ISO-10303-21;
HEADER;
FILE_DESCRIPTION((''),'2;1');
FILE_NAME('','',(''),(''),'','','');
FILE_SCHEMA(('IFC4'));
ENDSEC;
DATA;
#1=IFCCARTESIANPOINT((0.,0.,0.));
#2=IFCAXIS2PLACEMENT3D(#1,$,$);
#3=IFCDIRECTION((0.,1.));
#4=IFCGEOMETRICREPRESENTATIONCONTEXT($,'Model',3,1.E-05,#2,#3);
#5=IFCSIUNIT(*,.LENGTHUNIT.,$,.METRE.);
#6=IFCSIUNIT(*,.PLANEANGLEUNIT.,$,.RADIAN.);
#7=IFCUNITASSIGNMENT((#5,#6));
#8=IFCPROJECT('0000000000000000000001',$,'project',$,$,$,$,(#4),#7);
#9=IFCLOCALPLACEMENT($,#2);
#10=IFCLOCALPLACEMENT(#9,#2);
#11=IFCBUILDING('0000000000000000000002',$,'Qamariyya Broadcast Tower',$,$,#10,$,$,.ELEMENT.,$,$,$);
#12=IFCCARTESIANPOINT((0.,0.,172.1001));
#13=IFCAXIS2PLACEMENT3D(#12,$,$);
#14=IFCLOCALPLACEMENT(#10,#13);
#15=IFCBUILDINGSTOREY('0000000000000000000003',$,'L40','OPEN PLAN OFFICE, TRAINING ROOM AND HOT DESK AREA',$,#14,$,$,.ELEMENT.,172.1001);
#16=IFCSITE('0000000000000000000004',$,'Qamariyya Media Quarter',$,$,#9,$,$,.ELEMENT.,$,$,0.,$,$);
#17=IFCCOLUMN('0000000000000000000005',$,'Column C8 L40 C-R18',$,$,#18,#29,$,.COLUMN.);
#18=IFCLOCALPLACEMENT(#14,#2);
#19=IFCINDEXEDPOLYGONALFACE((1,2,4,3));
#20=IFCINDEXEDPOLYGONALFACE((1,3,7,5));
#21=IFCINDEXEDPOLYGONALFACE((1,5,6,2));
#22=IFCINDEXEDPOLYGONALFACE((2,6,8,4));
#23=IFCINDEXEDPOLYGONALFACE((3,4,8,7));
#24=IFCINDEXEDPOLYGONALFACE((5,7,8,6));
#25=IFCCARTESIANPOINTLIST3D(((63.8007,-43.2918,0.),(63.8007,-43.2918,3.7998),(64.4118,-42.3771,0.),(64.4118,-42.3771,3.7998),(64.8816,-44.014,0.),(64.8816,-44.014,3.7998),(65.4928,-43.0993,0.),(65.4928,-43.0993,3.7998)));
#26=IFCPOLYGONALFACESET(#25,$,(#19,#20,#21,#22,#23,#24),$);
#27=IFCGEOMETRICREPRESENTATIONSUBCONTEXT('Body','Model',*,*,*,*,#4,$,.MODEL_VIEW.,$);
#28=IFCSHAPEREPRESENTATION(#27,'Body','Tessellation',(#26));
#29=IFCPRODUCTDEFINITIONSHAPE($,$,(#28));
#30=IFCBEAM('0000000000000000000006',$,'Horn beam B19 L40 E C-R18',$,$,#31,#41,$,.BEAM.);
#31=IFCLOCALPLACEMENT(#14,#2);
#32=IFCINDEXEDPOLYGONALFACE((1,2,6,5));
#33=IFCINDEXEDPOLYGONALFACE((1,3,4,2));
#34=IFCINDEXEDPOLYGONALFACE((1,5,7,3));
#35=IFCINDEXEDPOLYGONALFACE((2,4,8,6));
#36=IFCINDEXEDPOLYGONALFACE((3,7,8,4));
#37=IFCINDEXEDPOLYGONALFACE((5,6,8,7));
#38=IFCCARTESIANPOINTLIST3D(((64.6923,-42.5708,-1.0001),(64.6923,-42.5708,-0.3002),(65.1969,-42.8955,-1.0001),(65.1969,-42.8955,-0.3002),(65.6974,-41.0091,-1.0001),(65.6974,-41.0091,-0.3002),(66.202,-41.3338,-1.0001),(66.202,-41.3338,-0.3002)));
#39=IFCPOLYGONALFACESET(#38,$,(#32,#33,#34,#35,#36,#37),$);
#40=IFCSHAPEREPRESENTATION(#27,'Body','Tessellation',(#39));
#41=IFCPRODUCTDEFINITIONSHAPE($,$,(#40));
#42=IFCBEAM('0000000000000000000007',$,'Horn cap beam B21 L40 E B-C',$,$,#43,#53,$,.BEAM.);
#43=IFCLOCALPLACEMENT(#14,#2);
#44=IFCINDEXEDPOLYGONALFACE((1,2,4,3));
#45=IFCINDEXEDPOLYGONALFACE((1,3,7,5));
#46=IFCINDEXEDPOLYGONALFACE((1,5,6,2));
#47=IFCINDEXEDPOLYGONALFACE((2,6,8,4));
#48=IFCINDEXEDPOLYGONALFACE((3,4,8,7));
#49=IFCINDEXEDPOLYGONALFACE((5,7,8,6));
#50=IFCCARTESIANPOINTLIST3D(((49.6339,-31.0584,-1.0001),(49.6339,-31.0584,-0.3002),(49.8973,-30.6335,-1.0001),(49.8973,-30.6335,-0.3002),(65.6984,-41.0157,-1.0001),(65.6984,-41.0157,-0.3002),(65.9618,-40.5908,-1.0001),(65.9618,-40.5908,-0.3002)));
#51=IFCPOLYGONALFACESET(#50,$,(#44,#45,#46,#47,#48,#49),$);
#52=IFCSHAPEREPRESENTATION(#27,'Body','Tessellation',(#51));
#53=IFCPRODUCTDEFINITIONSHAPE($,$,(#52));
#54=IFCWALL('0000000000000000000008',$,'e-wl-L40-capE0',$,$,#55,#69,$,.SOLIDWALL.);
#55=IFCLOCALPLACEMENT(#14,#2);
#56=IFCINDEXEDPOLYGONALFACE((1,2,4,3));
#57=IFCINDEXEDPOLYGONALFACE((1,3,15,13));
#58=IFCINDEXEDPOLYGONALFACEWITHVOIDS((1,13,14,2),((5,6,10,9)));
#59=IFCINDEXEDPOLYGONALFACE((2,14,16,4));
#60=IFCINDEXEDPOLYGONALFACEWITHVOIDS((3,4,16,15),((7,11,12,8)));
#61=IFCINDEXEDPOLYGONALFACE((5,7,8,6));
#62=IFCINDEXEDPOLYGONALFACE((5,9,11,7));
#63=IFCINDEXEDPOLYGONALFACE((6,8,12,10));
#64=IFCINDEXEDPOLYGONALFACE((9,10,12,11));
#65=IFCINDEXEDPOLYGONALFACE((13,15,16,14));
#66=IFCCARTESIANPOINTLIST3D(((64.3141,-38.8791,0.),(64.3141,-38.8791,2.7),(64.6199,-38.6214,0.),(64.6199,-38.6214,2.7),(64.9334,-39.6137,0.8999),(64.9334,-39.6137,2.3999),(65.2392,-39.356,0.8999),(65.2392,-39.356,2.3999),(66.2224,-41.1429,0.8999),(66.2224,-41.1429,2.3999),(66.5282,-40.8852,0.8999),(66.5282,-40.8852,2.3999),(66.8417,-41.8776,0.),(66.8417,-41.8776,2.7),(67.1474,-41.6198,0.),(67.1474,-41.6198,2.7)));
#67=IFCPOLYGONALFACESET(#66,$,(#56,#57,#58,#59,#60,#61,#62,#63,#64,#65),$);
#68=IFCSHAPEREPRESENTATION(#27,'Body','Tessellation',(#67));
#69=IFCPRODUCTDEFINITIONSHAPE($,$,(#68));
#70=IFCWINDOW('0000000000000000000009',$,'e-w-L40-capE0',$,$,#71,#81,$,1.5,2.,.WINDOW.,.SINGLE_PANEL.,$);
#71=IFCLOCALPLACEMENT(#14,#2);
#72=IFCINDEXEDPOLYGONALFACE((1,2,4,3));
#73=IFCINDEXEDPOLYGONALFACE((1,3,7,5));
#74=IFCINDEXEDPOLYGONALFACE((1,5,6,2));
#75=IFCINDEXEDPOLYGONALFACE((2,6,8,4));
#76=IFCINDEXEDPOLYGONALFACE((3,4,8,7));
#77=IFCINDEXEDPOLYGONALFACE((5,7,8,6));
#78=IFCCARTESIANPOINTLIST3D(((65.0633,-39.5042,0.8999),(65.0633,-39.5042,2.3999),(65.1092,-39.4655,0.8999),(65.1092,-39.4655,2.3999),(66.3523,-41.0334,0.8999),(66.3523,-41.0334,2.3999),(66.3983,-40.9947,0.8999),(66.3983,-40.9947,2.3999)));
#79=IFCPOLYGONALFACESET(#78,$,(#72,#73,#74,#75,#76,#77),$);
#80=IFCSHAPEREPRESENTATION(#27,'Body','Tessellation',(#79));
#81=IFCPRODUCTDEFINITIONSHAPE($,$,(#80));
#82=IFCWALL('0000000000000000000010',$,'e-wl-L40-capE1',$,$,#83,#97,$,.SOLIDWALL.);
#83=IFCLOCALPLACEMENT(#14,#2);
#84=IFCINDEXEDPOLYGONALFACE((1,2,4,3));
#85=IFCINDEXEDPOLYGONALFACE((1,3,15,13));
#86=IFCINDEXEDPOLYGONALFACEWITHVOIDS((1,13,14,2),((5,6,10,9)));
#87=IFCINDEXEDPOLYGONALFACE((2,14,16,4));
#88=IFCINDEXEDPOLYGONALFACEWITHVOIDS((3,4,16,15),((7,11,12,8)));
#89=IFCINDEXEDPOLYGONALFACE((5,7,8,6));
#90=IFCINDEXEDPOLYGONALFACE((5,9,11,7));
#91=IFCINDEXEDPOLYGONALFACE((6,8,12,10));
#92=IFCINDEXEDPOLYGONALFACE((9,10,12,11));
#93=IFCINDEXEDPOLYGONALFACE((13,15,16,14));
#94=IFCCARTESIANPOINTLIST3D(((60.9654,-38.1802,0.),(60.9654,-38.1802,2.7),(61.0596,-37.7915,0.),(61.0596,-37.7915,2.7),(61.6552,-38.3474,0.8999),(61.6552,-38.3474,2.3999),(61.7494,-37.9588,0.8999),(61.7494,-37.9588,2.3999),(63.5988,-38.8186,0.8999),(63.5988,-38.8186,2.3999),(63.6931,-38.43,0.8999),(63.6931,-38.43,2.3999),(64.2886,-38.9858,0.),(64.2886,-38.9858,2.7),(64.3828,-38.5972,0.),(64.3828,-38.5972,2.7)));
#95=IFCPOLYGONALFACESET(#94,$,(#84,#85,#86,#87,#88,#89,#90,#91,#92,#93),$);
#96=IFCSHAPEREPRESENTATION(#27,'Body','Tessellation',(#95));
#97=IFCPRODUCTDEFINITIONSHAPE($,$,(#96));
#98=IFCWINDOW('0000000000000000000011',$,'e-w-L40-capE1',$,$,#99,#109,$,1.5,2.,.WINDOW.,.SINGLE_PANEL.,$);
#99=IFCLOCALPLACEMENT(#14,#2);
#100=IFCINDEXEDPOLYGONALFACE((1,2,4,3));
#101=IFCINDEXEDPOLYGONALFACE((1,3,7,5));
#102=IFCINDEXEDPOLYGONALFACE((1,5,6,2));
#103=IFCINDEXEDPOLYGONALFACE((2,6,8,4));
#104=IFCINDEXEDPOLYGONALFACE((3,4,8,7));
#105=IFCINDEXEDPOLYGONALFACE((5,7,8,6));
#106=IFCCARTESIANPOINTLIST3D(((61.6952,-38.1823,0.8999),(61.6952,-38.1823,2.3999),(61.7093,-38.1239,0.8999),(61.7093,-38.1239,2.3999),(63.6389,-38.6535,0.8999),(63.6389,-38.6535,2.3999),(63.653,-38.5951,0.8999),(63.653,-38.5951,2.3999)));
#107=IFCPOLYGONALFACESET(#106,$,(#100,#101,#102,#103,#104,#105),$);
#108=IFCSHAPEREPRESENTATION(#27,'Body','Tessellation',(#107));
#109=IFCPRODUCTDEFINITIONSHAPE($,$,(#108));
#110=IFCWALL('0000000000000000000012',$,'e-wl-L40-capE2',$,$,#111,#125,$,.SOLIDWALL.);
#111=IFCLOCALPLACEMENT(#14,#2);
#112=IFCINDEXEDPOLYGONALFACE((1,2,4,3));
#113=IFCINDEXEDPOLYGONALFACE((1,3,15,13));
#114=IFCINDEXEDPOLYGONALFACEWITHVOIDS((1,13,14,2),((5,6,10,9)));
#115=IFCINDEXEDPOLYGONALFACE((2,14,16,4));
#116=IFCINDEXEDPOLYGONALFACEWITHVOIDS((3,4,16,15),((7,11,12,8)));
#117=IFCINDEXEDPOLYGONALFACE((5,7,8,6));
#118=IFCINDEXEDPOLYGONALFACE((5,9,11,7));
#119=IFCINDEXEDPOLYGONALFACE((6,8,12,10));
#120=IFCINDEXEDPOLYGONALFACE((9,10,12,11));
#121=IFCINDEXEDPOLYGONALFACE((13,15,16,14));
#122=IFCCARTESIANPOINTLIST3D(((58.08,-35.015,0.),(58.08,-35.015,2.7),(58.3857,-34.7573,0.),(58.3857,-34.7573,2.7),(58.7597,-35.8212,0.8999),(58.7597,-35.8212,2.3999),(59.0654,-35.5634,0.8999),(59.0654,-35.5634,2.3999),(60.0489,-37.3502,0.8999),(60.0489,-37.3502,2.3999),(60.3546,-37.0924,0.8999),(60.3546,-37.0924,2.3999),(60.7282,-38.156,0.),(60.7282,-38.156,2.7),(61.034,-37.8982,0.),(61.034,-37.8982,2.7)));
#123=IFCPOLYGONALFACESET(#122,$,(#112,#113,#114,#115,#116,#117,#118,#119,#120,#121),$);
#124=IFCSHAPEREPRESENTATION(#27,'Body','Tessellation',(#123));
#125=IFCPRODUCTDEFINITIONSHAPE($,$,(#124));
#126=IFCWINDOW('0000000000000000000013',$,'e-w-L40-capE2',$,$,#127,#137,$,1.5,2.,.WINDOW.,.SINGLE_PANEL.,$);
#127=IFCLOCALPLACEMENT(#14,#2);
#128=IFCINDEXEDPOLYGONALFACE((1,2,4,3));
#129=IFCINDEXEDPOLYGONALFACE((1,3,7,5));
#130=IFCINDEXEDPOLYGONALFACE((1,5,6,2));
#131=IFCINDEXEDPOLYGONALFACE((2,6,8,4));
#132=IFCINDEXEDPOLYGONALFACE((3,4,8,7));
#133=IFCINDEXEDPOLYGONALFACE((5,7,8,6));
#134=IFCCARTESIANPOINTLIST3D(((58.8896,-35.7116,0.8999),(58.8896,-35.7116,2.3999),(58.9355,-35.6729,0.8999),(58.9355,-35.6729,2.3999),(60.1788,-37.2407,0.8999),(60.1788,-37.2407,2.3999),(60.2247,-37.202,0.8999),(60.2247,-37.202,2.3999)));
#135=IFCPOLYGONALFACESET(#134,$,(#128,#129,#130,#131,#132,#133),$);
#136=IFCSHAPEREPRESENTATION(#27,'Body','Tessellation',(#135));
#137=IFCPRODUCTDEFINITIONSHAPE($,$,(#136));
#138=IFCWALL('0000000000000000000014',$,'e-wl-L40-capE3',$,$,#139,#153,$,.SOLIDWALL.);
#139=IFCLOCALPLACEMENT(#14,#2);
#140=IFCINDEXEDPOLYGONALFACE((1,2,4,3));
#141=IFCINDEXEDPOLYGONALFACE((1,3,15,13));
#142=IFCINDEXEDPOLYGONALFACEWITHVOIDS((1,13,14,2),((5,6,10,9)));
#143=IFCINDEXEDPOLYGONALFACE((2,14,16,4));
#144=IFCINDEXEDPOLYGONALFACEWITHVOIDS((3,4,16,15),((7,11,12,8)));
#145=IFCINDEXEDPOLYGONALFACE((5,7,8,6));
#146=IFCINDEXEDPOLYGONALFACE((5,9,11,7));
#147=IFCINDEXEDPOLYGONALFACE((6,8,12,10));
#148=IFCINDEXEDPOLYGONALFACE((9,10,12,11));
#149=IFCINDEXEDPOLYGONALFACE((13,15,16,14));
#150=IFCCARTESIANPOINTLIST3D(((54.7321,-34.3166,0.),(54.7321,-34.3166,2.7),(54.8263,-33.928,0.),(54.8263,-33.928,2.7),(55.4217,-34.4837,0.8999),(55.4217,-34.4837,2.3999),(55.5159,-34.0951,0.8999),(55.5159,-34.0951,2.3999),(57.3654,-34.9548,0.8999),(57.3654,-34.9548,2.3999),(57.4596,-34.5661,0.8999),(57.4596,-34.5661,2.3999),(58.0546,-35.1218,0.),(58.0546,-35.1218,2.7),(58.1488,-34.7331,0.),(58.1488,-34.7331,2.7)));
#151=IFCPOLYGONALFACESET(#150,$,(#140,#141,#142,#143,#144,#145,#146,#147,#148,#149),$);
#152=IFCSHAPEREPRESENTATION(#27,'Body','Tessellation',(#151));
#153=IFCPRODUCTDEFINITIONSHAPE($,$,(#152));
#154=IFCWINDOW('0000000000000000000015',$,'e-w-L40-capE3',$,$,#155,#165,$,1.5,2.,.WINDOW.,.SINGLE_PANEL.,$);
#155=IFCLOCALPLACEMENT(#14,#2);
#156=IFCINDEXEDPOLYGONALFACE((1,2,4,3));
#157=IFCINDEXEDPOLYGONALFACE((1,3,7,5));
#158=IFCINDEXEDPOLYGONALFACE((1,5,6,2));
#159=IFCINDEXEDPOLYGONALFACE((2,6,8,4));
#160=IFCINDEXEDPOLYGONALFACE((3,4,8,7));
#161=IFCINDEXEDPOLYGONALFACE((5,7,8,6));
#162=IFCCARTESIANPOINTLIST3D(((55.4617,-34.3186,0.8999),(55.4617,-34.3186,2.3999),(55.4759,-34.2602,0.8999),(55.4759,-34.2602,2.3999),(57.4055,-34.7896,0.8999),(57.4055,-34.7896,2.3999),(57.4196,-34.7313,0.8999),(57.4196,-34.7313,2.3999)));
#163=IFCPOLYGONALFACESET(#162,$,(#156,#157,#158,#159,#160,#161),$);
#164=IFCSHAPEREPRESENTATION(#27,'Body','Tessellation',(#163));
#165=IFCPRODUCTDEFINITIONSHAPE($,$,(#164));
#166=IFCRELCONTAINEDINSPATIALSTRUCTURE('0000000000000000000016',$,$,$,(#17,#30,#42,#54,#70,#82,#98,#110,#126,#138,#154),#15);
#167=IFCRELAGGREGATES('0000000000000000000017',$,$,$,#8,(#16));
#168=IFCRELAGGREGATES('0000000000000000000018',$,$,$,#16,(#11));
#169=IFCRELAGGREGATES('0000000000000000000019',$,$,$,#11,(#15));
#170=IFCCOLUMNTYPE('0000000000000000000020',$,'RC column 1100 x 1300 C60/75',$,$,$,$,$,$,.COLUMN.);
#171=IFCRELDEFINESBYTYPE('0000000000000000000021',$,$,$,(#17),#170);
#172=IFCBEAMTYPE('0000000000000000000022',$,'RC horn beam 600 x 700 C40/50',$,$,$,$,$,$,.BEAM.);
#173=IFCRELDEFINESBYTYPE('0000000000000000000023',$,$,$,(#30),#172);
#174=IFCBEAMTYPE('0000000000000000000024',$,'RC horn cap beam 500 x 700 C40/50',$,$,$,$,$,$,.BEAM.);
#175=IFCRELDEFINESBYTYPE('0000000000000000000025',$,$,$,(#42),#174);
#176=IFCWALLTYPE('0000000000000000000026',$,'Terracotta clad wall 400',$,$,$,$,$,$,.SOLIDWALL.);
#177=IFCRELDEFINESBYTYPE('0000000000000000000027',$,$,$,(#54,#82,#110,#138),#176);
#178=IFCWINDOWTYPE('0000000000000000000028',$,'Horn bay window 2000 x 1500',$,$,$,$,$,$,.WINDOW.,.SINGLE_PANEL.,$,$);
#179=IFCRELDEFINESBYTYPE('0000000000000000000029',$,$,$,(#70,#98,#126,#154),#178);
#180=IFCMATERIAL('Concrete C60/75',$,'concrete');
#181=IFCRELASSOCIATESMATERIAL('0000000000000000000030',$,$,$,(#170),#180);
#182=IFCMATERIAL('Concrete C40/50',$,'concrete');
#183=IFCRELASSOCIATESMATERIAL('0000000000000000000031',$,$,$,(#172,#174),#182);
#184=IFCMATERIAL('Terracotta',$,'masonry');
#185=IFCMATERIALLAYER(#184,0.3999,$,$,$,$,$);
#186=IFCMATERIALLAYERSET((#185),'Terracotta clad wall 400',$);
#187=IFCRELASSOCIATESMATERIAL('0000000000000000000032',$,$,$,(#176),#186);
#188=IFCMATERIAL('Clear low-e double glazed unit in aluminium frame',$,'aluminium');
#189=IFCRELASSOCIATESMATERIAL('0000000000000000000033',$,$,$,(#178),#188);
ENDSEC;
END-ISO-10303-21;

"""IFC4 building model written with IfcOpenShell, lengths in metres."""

from ifc_helpers import new_model, si_unit, direction, frame, frame_2d, origin, origin_2d, place, context, subcontext, project, spatial, rectangle, extrude, material, layer, layer_set, material_profile, profile_set, type_object, element, fill, save


model = new_model("IFC4")

# Units and contexts
model_context = context("Model", 3, precision=1e-05, world=origin(), true_north=direction((0.0, 1.0)))
body_context = subcontext(model_context, "Body", "Model", "MODEL_VIEW")
ifc_project = project(units=[si_unit("LENGTHUNIT", "METRE"), si_unit("PLANEANGLEUNIT", "RADIAN")], contexts=[model_context])

# Site, building, storey
site_placement = place(None, origin())
site = spatial("IfcSite", under=ifc_project, at=site_placement, Name="Qamariyya Media Quarter", CompositionType="ELEMENT", RefElevation=0.0)
building_placement = place(site_placement, origin())
building = spatial("IfcBuilding", under=site, at=building_placement, Name="Qamariyya Broadcast Tower", CompositionType="ELEMENT")
storey_placement = place(building_placement, frame((0.0, 0.0, 172.1001)))
storey = spatial("IfcBuildingStorey", under=building, at=storey_placement, Name="L40", Description="OPEN PLAN OFFICE, TRAINING ROOM AND HOT DESK AREA", CompositionType="ELEMENT", Elevation=172.1001)

# Column
ifc_material_1 = material(Name="Concrete C60/75", Category="concrete")
ifc_material_profile_1 = material_profile(ifc_material_1, rectangle(XDim=1.1001, YDim=1.3, at=origin_2d()))
ifc_profile_set_1 = profile_set([ifc_material_profile_1], Name="Concrete C60/75")
column_type = type_object("IfcColumnType", Name="RC column 1100 x 1300 C60/75", PredefinedType="COLUMN", material=ifc_profile_set_1)
column_placement = place(storey_placement, frame((64.6467, -43.1956, 0.0), z_axis=(0.0, 0.0, 1.0), x_axis=(0.55557, 0.83147, 0.0)))
element("IfcColumn", 1, at=column_placement, inside=storey, type_object=column_type, Name="Column C8 L40 C-R18", PredefinedType="COLUMN", context=body_context, shape_type="SweptSolid", body=[
    extrude(rectangle(XDim=1.1001, YDim=1.3, at=origin_2d()), origin(), (0.0, 0.0, 1.0), 3.7998),
])

# Beams
ifc_material_2 = material(Name="Concrete C40/50", Category="concrete")
ifc_material_profile_2 = material_profile(ifc_material_2, rectangle(XDim=0.6001, YDim=0.7, at=origin_2d()))
ifc_profile_set_2 = profile_set([ifc_material_profile_2], Name="Concrete C40/50")
beam_type_1 = type_object("IfcBeamType", Name="RC horn beam 600 x 700 C40/50", PredefinedType="BEAM", material=ifc_profile_set_2)
beam_1_placement = place(storey_placement, frame((64.9446, -42.7332, -0.6501), z_axis=(0.541189, 0.840901, 0.0), x_axis=(-0.840901, 0.541189, 0.0)))
element("IfcBeam", 2, at=beam_1_placement, inside=storey, type_object=beam_type_1, Name="Horn beam B19 L40 E C-R18", PredefinedType="BEAM", context=body_context, shape_type="SweptSolid", body=[
    extrude(rectangle(XDim=0.6001, YDim=0.7, at=origin_2d()), origin(), (0.0, 0.0, 1.0), 1.8572),
])
ifc_material_profile_3 = material_profile(ifc_material_2, rectangle(XDim=0.5, YDim=0.7, at=origin_2d()))
ifc_profile_set_3 = profile_set([ifc_material_profile_3], Name="Concrete C40/50")
beam_type_2 = type_object("IfcBeamType", Name="RC horn cap beam 500 x 700 C40/50", PredefinedType="BEAM", material=ifc_profile_set_3)
beam_2_placement = place(storey_placement, frame((49.7656, -30.8459, -0.6501), z_axis=(0.849966, -0.526837, 0.0), x_axis=(0.526837, 0.849966, 0.0)))
element("IfcBeam", 3, at=beam_2_placement, inside=storey, type_object=beam_type_2, Name="Horn cap beam B21 L40 E B-C", PredefinedType="BEAM", context=body_context, shape_type="SweptSolid", body=[
    extrude(rectangle(XDim=0.5, YDim=0.7, at=origin_2d()), origin(), (0.0, 0.0, 1.0), 18.9001),
])

# Walls, openings, windows
ifc_material_3 = material(Name="Terracotta", Category="masonry")
ifc_layer = layer(ifc_material_3, 0.3999)
ifc_layer_set = layer_set([ifc_layer], Name="Terracotta clad wall 400")
wall_type = type_object("IfcWallType", Name="Terracotta clad wall 400", PredefinedType="SOLIDWALL", material=ifc_layer_set)
wall_1_placement = place(storey_placement, frame((66.9946, -41.7488, 0.0), z_axis=(0.0, 0.0, 1.0), x_axis=(-0.644509, 0.764596, 0.0)))
wall_1 = element("IfcWall", 4, at=wall_1_placement, inside=storey, type_object=wall_type, Name="e-wl-L40-capE0", PredefinedType="SOLIDWALL", context=body_context, shape_type="SweptSolid", body=[
    extrude(rectangle(XDim=3.9216, YDim=0.3999, at=frame_2d((1.9609, 0.0))), origin(), (0.0, 0.0, 1.0), 2.7),
])
opening_1_placement = place(wall_1_placement, frame((0.9609, 0.0, 0.8999)))
opening_1 = element("IfcOpeningElement", 5, at=opening_1_placement, cuts=wall_1, PredefinedType="OPENING", context=body_context, shape_type="SweptSolid", body=[
    extrude(rectangle(XDim=2.0, YDim=1.5, at=frame_2d((1.0, 0.75))), frame((0.0, 0.21, 0.0), z_axis=(0.0, -1.0, 0.0), x_axis=(1.0, 0.0, 0.0)), (0.0, 0.0, 1.0), 0.4199),
])
ifc_material_4 = material(Name="Clear low-e double glazed unit in aluminium frame", Category="aluminium")
window_type = type_object("IfcWindowType", Name="Horn bay window 2000 x 1500", PartitioningType="SINGLE_PANEL", PredefinedType="WINDOW", material=ifc_material_4)
window_1_placement = place(opening_1_placement, origin())
window_1 = element("IfcWindow", 6, at=window_1_placement, inside=storey, type_object=window_type, Name="e-w-L40-capE0", OverallHeight=1.5, OverallWidth=2.0, PartitioningType="SINGLE_PANEL", PredefinedType="WINDOW", context=body_context, shape_type="SweptSolid", body=[
    extrude(rectangle(XDim=2.0, YDim=1.5, at=frame_2d((1.0, 0.75))), frame((0.0, 0.03, 0.0), z_axis=(0.0, -1.0, 0.0), x_axis=(1.0, 0.0, 0.0)), (0.0, 0.0, 1.0), 0.0601),
])
fill(opening_1, window_1)
wall_2_placement = place(storey_placement, frame((64.3357, -38.7915, 0.0), z_axis=(0.0, 0.0, 1.0), x_axis=(-0.971848, 0.235608, 0.0)))
wall_2 = element("IfcWall", 7, at=wall_2_placement, inside=storey, type_object=wall_type, Name="e-wl-L40-capE1", PredefinedType="SOLIDWALL", context=body_context, shape_type="SweptSolid", body=[
    extrude(rectangle(XDim=3.4194, YDim=0.3999, at=frame_2d((1.7097, 0.0))), origin(), (0.0, 0.0, 1.0), 2.7),
])
opening_2_placement = place(wall_2_placement, frame((0.7097, 0.0, 0.8999)))
opening_2 = element("IfcOpeningElement", 8, at=opening_2_placement, cuts=wall_2, PredefinedType="OPENING", context=body_context, shape_type="SweptSolid", body=[
    extrude(rectangle(XDim=2.0, YDim=1.5, at=frame_2d((1.0, 0.75))), frame((0.0, 0.21, 0.0), z_axis=(0.0, -1.0, 0.0), x_axis=(1.0, 0.0, 0.0)), (0.0, 0.0, 1.0), 0.4199),
])
window_2_placement = place(opening_2_placement, origin())
window_2 = element("IfcWindow", 9, at=window_2_placement, inside=storey, type_object=window_type, Name="e-w-L40-capE1", OverallHeight=1.5, OverallWidth=2.0, PartitioningType="SINGLE_PANEL", PredefinedType="WINDOW", context=body_context, shape_type="SweptSolid", body=[
    extrude(rectangle(XDim=2.0, YDim=1.5, at=frame_2d((1.0, 0.75))), frame((0.0, 0.03, 0.0), z_axis=(0.0, -1.0, 0.0), x_axis=(1.0, 0.0, 0.0)), (0.0, 0.0, 1.0), 0.0601),
])
fill(opening_2, window_2)
wall_3_placement = place(storey_placement, frame((60.8811, -38.0271, 0.0), z_axis=(0.0, 0.0, 1.0), x_axis=(-0.644599, 0.764521, 0.0)))
wall_3 = element("IfcWall", 10, at=wall_3_placement, inside=storey, type_object=wall_type, Name="e-wl-L40-capE2", PredefinedType="SOLIDWALL", context=body_context, shape_type="SweptSolid", body=[
    extrude(rectangle(XDim=4.1084, YDim=0.3999, at=frame_2d((2.0542, 0.0))), origin(), (0.0, 0.0, 1.0), 2.7),
])
opening_3_placement = place(wall_3_placement, frame((1.054, 0.0, 0.8999)))
opening_3 = element("IfcOpeningElement", 11, at=opening_3_placement, cuts=wall_3, PredefinedType="OPENING", context=body_context, shape_type="SweptSolid", body=[
    extrude(rectangle(XDim=2.0, YDim=1.5, at=frame_2d((1.0, 0.75))), frame((0.0, 0.21, 0.0), z_axis=(0.0, -1.0, 0.0), x_axis=(1.0, 0.0, 0.0)), (0.0, 0.0, 1.0), 0.4199),
])
window_3_placement = place(opening_3_placement, origin())
window_3 = element("IfcWindow", 12, at=window_3_placement, inside=storey, type_object=window_type, Name="e-w-L40-capE2", OverallHeight=1.5, OverallWidth=2.0, PartitioningType="SINGLE_PANEL", PredefinedType="WINDOW", context=body_context, shape_type="SweptSolid", body=[
    extrude(rectangle(XDim=2.0, YDim=1.5, at=frame_2d((1.0, 0.75))), frame((0.0, 0.03, 0.0), z_axis=(0.0, -1.0, 0.0), x_axis=(1.0, 0.0, 0.0)), (0.0, 0.0, 1.0), 0.0601),
])
fill(opening_3, window_3)
wall_4_placement = place(storey_placement, frame((58.1018, -34.9275, 0.0), z_axis=(0.0, 0.0, 1.0), x_axis=(-0.971869, 0.235522, 0.0)))
wall_4 = element("IfcWall", 13, at=wall_4_placement, inside=storey, type_object=wall_type, Name="e-wl-L40-capE3", PredefinedType="SOLIDWALL", context=body_context, shape_type="SweptSolid", body=[
    extrude(rectangle(XDim=3.4187, YDim=0.3999, at=frame_2d((1.7095, 0.0))), origin(), (0.0, 0.0, 1.0), 2.7),
])
opening_4_placement = place(wall_4_placement, frame((0.7092, 0.0, 0.8999)))
opening_4 = element("IfcOpeningElement", 14, at=opening_4_placement, cuts=wall_4, PredefinedType="OPENING", context=body_context, shape_type="SweptSolid", body=[
    extrude(rectangle(XDim=2.0, YDim=1.5, at=frame_2d((1.0, 0.75))), frame((0.0, 0.21, 0.0), z_axis=(0.0, -1.0, 0.0), x_axis=(1.0, 0.0, 0.0)), (0.0, 0.0, 1.0), 0.4199),
])
window_4_placement = place(opening_4_placement, origin())
window_4 = element("IfcWindow", 15, at=window_4_placement, inside=storey, type_object=window_type, Name="e-w-L40-capE3", OverallHeight=1.5, OverallWidth=2.0, PartitioningType="SINGLE_PANEL", PredefinedType="WINDOW", context=body_context, shape_type="SweptSolid", body=[
    extrude(rectangle(XDim=2.0, YDim=1.5, at=frame_2d((1.0, 0.75))), frame((0.0, 0.03, 0.0), z_axis=(0.0, -1.0, 0.0), x_axis=(1.0, 0.0, 0.0)), (0.0, 0.0, 1.0), 0.0601),
])
fill(opening_4, window_4)

save(model, "model.ifc")
